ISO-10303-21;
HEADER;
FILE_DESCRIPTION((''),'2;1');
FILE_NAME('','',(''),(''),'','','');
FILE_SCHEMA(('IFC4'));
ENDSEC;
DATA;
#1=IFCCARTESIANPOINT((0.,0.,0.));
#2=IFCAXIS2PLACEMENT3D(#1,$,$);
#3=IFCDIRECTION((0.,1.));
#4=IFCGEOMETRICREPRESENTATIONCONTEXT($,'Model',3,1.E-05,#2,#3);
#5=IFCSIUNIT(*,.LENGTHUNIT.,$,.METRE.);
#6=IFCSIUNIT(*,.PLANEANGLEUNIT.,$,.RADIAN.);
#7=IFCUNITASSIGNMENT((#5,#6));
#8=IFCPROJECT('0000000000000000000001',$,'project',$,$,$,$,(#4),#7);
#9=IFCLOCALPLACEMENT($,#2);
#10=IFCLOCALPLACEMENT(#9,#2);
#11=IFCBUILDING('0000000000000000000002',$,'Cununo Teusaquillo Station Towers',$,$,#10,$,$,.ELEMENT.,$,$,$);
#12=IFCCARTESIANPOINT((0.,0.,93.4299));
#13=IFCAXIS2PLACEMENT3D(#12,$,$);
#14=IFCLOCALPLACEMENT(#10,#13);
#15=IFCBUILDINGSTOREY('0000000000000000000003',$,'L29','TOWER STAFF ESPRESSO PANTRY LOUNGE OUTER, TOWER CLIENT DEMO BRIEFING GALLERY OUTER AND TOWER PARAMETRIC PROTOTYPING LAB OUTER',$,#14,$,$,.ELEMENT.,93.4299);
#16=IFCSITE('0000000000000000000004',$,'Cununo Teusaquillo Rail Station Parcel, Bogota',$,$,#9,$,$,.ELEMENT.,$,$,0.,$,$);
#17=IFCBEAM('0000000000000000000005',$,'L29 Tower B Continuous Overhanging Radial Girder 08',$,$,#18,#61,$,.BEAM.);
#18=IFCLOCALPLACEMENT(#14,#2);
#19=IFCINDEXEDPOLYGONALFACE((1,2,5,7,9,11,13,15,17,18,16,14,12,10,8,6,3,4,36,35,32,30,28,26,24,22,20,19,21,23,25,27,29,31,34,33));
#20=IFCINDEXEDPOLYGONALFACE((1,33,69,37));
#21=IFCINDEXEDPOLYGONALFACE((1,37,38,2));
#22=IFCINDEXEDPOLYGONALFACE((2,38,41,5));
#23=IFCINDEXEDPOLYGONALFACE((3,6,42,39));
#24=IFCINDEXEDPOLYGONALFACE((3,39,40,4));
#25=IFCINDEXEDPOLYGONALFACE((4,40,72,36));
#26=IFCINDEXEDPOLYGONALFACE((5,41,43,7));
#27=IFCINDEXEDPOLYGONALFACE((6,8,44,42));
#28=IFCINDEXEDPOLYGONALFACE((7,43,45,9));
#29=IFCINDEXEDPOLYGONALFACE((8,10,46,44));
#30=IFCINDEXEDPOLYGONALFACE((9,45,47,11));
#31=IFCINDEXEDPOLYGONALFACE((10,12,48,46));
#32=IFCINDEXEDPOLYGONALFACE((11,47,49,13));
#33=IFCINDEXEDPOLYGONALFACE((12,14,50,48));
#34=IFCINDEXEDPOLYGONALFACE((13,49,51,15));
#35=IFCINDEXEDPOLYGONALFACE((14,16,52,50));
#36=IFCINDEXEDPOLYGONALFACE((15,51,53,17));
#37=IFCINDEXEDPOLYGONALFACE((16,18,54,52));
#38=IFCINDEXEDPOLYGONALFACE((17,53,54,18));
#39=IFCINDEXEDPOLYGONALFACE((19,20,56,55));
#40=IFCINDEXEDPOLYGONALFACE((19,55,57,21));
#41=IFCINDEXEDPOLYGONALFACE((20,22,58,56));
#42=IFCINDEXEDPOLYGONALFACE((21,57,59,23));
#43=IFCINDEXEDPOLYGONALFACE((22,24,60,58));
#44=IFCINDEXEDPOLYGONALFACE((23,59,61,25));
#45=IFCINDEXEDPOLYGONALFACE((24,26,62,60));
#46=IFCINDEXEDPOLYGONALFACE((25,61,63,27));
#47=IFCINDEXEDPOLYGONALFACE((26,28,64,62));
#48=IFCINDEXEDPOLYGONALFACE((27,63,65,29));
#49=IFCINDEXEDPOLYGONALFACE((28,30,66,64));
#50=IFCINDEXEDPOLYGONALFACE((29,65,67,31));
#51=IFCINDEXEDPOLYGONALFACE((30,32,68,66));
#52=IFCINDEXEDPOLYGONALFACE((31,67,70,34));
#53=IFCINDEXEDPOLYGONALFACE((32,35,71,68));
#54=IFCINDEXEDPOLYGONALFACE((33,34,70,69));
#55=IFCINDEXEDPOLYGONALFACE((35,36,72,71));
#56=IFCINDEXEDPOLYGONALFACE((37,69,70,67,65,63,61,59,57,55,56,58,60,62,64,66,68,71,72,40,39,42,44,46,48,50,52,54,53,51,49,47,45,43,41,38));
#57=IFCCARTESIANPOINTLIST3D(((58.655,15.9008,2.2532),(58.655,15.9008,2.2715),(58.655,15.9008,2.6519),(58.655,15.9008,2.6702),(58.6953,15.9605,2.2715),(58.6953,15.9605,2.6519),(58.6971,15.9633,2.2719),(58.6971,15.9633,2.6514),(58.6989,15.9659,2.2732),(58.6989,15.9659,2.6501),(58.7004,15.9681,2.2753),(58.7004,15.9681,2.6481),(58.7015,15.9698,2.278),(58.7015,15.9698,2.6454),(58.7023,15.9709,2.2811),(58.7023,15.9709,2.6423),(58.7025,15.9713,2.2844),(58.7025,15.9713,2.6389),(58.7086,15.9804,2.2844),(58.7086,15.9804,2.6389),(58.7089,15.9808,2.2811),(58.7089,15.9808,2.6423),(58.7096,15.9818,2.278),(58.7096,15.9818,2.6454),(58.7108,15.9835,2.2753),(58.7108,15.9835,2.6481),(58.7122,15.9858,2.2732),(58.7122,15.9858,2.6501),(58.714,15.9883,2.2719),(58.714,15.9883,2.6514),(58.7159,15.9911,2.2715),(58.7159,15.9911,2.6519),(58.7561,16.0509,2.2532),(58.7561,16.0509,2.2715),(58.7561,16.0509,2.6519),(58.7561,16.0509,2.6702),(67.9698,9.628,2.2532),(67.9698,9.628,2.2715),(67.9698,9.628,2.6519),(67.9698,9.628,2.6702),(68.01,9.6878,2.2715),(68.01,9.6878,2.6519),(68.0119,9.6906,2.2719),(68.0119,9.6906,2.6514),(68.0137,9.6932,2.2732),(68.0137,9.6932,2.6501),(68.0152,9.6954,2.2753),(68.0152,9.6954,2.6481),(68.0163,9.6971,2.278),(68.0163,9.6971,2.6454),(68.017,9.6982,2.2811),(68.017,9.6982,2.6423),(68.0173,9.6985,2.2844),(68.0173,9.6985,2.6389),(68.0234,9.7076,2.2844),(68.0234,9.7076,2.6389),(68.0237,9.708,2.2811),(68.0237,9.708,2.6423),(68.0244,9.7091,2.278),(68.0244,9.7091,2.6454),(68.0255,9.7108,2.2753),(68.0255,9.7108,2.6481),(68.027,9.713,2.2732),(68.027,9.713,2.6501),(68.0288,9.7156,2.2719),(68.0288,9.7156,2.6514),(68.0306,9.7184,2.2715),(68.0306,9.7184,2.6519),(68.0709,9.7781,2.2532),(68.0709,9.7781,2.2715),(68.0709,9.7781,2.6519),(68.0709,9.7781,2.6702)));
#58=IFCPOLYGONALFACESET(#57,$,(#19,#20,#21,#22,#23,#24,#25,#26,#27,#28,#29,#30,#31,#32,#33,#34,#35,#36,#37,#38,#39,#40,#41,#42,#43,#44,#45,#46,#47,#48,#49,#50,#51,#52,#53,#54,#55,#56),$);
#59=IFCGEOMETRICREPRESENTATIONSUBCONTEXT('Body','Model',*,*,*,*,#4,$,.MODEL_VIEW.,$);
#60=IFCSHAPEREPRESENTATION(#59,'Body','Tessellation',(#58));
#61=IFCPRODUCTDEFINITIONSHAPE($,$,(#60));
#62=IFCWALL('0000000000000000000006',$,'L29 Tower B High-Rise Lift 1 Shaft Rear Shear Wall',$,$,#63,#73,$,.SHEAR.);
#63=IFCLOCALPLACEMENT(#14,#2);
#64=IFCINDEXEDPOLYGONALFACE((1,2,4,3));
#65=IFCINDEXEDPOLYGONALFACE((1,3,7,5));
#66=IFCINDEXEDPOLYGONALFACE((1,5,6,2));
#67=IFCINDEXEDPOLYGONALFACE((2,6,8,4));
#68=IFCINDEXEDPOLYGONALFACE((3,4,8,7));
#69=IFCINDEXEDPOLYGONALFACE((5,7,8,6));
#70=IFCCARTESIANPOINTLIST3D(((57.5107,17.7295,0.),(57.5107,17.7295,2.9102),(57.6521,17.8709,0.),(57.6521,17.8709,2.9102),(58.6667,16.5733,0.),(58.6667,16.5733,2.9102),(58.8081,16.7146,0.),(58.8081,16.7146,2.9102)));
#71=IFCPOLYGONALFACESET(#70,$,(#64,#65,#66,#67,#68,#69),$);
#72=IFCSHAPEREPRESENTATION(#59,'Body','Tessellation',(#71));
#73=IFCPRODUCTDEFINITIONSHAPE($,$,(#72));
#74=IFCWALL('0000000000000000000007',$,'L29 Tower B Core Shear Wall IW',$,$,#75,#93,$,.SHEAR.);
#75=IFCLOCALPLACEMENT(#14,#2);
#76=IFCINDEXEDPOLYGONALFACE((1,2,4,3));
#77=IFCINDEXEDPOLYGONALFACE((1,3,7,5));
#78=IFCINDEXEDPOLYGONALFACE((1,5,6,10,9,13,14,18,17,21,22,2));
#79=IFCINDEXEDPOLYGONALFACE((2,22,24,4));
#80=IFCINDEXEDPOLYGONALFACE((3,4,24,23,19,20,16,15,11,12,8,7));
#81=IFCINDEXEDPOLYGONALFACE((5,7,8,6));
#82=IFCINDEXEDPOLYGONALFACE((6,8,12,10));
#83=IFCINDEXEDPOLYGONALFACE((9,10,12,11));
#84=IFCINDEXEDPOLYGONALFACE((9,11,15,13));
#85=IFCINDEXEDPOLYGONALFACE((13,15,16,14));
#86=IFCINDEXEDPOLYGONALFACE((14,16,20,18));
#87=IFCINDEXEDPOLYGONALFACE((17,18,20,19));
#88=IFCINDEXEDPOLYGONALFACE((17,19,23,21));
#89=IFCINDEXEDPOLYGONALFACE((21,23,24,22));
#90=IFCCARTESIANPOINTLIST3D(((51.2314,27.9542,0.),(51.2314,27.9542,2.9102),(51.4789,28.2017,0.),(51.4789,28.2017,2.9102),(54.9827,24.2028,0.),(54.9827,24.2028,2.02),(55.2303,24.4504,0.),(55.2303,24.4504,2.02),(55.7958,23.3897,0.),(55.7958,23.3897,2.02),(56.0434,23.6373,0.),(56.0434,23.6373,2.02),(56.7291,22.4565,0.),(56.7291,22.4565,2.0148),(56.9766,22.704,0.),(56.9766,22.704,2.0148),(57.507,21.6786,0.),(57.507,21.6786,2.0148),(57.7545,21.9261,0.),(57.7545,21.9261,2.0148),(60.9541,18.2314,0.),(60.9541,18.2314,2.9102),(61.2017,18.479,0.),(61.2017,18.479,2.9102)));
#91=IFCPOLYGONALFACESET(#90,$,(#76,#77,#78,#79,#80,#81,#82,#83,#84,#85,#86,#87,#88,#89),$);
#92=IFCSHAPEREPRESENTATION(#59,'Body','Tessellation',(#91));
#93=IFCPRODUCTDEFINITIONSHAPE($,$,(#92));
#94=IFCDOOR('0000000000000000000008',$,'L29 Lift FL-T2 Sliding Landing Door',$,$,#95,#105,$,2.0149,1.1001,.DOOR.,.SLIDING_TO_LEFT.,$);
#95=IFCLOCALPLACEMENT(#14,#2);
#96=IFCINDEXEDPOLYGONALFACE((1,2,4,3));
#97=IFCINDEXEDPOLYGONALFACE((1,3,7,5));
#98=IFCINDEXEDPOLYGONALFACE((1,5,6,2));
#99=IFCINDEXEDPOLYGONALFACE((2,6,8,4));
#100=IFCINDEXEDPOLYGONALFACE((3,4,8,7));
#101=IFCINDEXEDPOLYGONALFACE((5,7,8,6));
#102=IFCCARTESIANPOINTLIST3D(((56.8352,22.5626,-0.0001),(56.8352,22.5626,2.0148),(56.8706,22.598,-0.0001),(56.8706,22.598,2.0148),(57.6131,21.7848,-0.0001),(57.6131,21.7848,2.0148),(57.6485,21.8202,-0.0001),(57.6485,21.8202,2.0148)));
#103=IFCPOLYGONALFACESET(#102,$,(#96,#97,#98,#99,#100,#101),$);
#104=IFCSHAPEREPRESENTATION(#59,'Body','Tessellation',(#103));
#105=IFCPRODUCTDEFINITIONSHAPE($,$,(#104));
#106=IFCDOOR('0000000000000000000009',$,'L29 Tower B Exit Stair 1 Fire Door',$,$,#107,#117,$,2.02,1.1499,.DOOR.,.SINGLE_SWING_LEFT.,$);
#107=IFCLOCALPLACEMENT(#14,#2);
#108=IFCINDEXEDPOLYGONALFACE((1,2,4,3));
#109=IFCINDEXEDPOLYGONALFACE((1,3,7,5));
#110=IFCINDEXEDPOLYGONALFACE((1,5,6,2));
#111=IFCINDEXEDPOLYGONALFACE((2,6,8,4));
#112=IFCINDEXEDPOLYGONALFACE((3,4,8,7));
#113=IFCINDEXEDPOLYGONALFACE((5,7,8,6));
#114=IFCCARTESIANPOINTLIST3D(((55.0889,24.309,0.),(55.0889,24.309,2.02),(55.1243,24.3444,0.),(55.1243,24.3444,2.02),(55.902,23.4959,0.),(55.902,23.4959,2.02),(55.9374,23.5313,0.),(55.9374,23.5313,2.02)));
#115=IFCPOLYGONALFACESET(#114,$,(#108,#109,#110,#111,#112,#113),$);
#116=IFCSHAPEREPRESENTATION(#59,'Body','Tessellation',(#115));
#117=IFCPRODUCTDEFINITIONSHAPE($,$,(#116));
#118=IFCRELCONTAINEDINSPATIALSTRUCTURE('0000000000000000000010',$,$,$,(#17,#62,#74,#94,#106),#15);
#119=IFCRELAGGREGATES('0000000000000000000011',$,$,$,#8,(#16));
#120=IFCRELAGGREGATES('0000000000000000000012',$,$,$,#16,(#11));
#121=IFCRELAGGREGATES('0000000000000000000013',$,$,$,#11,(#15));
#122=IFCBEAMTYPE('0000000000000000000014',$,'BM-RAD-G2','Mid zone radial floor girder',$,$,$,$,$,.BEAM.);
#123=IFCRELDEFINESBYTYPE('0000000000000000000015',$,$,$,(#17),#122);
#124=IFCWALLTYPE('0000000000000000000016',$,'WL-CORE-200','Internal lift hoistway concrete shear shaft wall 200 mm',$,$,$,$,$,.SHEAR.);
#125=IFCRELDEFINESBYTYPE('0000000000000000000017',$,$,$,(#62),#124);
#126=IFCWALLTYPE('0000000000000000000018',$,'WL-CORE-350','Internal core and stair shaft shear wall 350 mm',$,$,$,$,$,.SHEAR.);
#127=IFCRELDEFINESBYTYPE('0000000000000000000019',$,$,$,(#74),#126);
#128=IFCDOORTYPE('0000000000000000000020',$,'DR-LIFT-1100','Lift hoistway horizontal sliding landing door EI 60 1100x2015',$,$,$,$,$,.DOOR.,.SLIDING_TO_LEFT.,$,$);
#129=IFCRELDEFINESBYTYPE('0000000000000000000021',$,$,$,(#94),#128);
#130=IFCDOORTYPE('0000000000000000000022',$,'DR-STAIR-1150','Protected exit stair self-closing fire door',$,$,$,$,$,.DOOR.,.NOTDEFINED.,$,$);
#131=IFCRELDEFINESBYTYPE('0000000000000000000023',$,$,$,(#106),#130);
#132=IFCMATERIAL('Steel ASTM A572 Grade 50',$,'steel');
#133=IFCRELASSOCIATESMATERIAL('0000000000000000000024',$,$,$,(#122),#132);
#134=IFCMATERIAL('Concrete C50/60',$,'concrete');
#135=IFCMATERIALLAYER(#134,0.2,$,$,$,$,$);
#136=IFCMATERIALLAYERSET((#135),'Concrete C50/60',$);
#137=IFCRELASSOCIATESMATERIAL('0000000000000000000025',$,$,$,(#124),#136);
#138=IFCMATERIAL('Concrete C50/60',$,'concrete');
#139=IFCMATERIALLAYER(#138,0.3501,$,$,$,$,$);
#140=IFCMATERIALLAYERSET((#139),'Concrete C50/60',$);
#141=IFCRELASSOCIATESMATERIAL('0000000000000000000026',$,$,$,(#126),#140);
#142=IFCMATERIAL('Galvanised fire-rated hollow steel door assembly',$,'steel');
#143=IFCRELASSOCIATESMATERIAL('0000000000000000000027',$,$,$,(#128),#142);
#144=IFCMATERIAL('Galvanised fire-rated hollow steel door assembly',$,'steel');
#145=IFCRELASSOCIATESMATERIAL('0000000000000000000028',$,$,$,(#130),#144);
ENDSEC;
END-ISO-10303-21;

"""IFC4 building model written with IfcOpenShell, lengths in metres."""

from ifc_helpers import new_model, si_unit, direction, frame, frame_2d, origin, origin_2d, place, context, subcontext, project, spatial, rectangle, i_section, extrude, source, transform, mapped, material, layer, layer_set, material_profile, profile_set, type_object, element, fill, save


model = new_model("IFC4")

# Units and contexts
model_context = context("Model", 3, precision=1e-05, world=origin(), true_north=direction((0.0, 1.0)))
body_context = subcontext(model_context, "Body", "Model", "MODEL_VIEW")
ifc_project = project(units=[si_unit("LENGTHUNIT", "METRE"), si_unit("PLANEANGLEUNIT", "RADIAN")], contexts=[model_context])

# Site, building, storey
site_placement = place(None, origin())
site = spatial("IfcSite", under=ifc_project, at=site_placement, Name="Cununo Teusaquillo Rail Station Parcel, Bogota", CompositionType="ELEMENT", RefElevation=0.0)
building_placement = place(site_placement, origin())
building = spatial("IfcBuilding", under=site, at=building_placement, Name="Cununo Teusaquillo Station Towers", CompositionType="ELEMENT")
storey_placement = place(building_placement, frame((0.0, 0.0, 93.4299)))
storey = spatial("IfcBuildingStorey", under=building, at=storey_placement, Name="L29", Description="TOWER STAFF ESPRESSO PANTRY LOUNGE OUTER, TOWER CLIENT DEMO BRIEFING GALLERY OUTER AND TOWER PARAMETRIC PROTOTYPING LAB OUTER", CompositionType="ELEMENT", Elevation=93.4299)

# Beam
ifc_material_1 = material(Name="Steel ASTM A572 Grade 50", Category="steel")
ifc_material_profile_1 = material_profile(ifc_material_1, i_section(OverallWidth=0.1809, OverallDepth=0.417, WebThickness=0.011, FlangeThickness=0.0183, FilletRadius=0.0129, at=origin_2d()), Name="W16X57")
ifc_profile_set_1 = profile_set([ifc_material_profile_1], Name="Steel ASTM A572 Grade 50")
beam_type_1 = type_object("IfcBeamType", Name="BM-RAD-G2", Description="Mid zone radial floor girder", PredefinedType="BEAM", material=ifc_profile_set_1)
beam_1_placement = place(storey_placement, frame((58.7056, 15.9758, 2.4617), z_axis=(0.829456, -0.558572, 0.0), x_axis=(0.558572, 0.829456, 0.0)))
element("IfcBeam", 1, at=beam_1_placement, inside=storey, type_object=beam_type_1, Name="L29 Tower B Continuous Overhanging Radial Girder 08", PredefinedType="BEAM", context=body_context, shape_type="SweptSolid", body=[
    extrude(i_section(OverallWidth=0.1809, OverallDepth=0.417, WebThickness=0.011, FlangeThickness=0.0183, FilletRadius=0.0129, at=origin_2d()), origin(), (0.0, 0.0, 1.0), 11.23),
])

# Wall
ifc_material_2 = material(Name="Concrete C50/60", Category="concrete")
ifc_layer_1 = layer(ifc_material_2, 0.2)
ifc_layer_set_1 = layer_set([ifc_layer_1], Name="Concrete C50/60")
wall_type_1 = type_object("IfcWallType", Name="WL-CORE-200", Description="Internal lift hoistway concrete shear shaft wall 200 mm", PredefinedType="SHEAR", material=ifc_layer_set_1)
wall_1_placement = place(storey_placement, frame((58.7373, 16.644, 0.0), z_axis=(0.0, 0.0, 1.0), x_axis=(-0.707032, 0.707181, 0.0)))
element("IfcWall", 2, at=wall_1_placement, inside=storey, type_object=wall_type_1, Name="L29 Tower B High-Rise Lift 1 Shaft Rear Shear Wall", PredefinedType="SHEAR", context=body_context, shape_type="SweptSolid", body=[
    extrude(rectangle(XDim=1.635, YDim=0.2, at=frame_2d((0.8174, 0.0))), origin(), (0.0, 0.0, 1.0), 2.9102),
])

# Wall, openings, doors
ifc_material_3 = material(Name="Concrete C50/60", Category="concrete")
ifc_layer_2 = layer(ifc_material_3, 0.3501)
ifc_layer_set_2 = layer_set([ifc_layer_2], Name="Concrete C50/60")
wall_type_2 = type_object("IfcWallType", Name="WL-CORE-350", Description="Internal core and stair shaft shear wall 350 mm", PredefinedType="SHEAR", material=ifc_layer_set_2)
wall_2_placement = place(storey_placement, frame((61.0779, 18.3552, 0.0), z_axis=(0.0, 0.0, 1.0), x_axis=(-0.707107, 0.707107, 0.0)))
wall_2 = element("IfcWall", 3, at=wall_2_placement, inside=storey, type_object=wall_type_2, Name="L29 Tower B Core Shear Wall IW", PredefinedType="SHEAR", context=body_context, shape_type="SweptSolid", body=[
    extrude(rectangle(XDim=13.75, YDim=0.3501, at=frame_2d((6.875, 0.0))), origin(), (0.0, 0.0, 1.0), 2.9102),
])
shared_shape_1 = source(origin(), body_context, "Body", "SweptSolid", [
    extrude(rectangle(XDim=1.1001, YDim=2.0149, at=frame_2d((0.55, 1.0073))), frame((0.0, 0.1851, 0.0), z_axis=(0.0, -1.0, 0.0), x_axis=(1.0, 0.0, 0.0)), (0.0, 0.0, 1.0), 0.3701),
])
opening_1_placement = place(wall_2_placement, frame((4.875, 0.0, 0.0)))
opening_1 = element("IfcOpeningElement", 4, at=opening_1_placement, cuts=wall_2, PredefinedType="OPENING", context=body_context, shape_type="MappedRepresentation", body=[
    mapped(shared_shape_1, transform((0.0, 0.0, 0.0), x_axis=(1.0, 0.0, 0.0), y_axis=(0.0, 1.0, 0.0), z_axis=(0.0, 0.0, 1.0), scale=1.0)),
])
shared_shape_2 = source(origin(), body_context, "Body", "SweptSolid", [
    extrude(rectangle(XDim=1.1499, YDim=2.02, at=frame_2d((0.575, 1.01))), frame((0.0, 0.1851, 0.0), z_axis=(0.0, -1.0, 0.0), x_axis=(1.0, 0.0, 0.0)), (0.0, 0.0, 1.0), 0.3701),
])
opening_2_placement = place(wall_2_placement, frame((7.2949, 0.0, 0.0)))
opening_2 = element("IfcOpeningElement", 5, at=opening_2_placement, cuts=wall_2, PredefinedType="OPENING", context=body_context, shape_type="MappedRepresentation", body=[
    mapped(shared_shape_2, transform((0.0, 0.0, 0.0), x_axis=(1.0, 0.0, 0.0), y_axis=(0.0, 1.0, 0.0), z_axis=(0.0, 0.0, 1.0), scale=1.0)),
])
ifc_material_4 = material(Name="Galvanised fire-rated hollow steel door assembly", Category="steel")
door_type_1 = type_object("IfcDoorType", Name="DR-LIFT-1100", Description="Lift hoistway horizontal sliding landing door EI 60 1100x2015", OperationType="SLIDING_TO_LEFT", PredefinedType="DOOR", material=ifc_material_4)
shared_shape_3 = source(origin(), body_context, "Body", "SweptSolid", [
    extrude(rectangle(XDim=1.1001, YDim=2.0149, at=frame_2d((0.55, 1.0073))), frame((0.0, 0.0249, 0.0), z_axis=(0.0, -1.0, 0.0), x_axis=(1.0, 0.0, 0.0)), (0.0, 0.0, 1.0), 0.05),
])
door_1_placement = place(opening_1_placement, origin())
door_1 = element("IfcDoor", 6, at=door_1_placement, inside=storey, type_object=door_type_1, Name="L29 Lift FL-T2 Sliding Landing Door", OperationType="SLIDING_TO_LEFT", OverallHeight=2.0149, OverallWidth=1.1001, PredefinedType="DOOR", context=body_context, shape_type="MappedRepresentation", body=[
    mapped(shared_shape_3, transform((0.0, 0.0, 0.0), x_axis=(1.0, 0.0, 0.0), y_axis=(0.0, 1.0, 0.0), z_axis=(0.0, 0.0, 1.0), scale=1.0)),
])
fill(opening_1, door_1)
ifc_material_5 = material(Name="Galvanised fire-rated hollow steel door assembly", Category="steel")
door_type_2 = type_object("IfcDoorType", Name="DR-STAIR-1150", Description="Protected exit stair self-closing fire door", OperationType="NOTDEFINED", PredefinedType="DOOR", material=ifc_material_5)
shared_shape_4 = source(origin(), body_context, "Body", "SweptSolid", [
    extrude(rectangle(XDim=1.1499, YDim=2.02, at=frame_2d((0.575, 1.01))), frame((0.0, 0.0249, 0.0), z_axis=(0.0, -1.0, 0.0), x_axis=(1.0, 0.0, 0.0)), (0.0, 0.0, 1.0), 0.05),
])
door_2_placement = place(opening_2_placement, origin())
door_2 = element("IfcDoor", 7, at=door_2_placement, inside=storey, type_object=door_type_2, Name="L29 Tower B Exit Stair 1 Fire Door", OperationType="SINGLE_SWING_LEFT", OverallHeight=2.02, OverallWidth=1.1499, PredefinedType="DOOR", context=body_context, shape_type="MappedRepresentation", body=[
    mapped(shared_shape_4, transform((0.0, 0.0, 0.0), x_axis=(1.0, 0.0, 0.0), y_axis=(0.0, 1.0, 0.0), z_axis=(0.0, 0.0, 1.0), scale=1.0)),
])
fill(opening_2, door_2)

save(model, "model.ifc")
